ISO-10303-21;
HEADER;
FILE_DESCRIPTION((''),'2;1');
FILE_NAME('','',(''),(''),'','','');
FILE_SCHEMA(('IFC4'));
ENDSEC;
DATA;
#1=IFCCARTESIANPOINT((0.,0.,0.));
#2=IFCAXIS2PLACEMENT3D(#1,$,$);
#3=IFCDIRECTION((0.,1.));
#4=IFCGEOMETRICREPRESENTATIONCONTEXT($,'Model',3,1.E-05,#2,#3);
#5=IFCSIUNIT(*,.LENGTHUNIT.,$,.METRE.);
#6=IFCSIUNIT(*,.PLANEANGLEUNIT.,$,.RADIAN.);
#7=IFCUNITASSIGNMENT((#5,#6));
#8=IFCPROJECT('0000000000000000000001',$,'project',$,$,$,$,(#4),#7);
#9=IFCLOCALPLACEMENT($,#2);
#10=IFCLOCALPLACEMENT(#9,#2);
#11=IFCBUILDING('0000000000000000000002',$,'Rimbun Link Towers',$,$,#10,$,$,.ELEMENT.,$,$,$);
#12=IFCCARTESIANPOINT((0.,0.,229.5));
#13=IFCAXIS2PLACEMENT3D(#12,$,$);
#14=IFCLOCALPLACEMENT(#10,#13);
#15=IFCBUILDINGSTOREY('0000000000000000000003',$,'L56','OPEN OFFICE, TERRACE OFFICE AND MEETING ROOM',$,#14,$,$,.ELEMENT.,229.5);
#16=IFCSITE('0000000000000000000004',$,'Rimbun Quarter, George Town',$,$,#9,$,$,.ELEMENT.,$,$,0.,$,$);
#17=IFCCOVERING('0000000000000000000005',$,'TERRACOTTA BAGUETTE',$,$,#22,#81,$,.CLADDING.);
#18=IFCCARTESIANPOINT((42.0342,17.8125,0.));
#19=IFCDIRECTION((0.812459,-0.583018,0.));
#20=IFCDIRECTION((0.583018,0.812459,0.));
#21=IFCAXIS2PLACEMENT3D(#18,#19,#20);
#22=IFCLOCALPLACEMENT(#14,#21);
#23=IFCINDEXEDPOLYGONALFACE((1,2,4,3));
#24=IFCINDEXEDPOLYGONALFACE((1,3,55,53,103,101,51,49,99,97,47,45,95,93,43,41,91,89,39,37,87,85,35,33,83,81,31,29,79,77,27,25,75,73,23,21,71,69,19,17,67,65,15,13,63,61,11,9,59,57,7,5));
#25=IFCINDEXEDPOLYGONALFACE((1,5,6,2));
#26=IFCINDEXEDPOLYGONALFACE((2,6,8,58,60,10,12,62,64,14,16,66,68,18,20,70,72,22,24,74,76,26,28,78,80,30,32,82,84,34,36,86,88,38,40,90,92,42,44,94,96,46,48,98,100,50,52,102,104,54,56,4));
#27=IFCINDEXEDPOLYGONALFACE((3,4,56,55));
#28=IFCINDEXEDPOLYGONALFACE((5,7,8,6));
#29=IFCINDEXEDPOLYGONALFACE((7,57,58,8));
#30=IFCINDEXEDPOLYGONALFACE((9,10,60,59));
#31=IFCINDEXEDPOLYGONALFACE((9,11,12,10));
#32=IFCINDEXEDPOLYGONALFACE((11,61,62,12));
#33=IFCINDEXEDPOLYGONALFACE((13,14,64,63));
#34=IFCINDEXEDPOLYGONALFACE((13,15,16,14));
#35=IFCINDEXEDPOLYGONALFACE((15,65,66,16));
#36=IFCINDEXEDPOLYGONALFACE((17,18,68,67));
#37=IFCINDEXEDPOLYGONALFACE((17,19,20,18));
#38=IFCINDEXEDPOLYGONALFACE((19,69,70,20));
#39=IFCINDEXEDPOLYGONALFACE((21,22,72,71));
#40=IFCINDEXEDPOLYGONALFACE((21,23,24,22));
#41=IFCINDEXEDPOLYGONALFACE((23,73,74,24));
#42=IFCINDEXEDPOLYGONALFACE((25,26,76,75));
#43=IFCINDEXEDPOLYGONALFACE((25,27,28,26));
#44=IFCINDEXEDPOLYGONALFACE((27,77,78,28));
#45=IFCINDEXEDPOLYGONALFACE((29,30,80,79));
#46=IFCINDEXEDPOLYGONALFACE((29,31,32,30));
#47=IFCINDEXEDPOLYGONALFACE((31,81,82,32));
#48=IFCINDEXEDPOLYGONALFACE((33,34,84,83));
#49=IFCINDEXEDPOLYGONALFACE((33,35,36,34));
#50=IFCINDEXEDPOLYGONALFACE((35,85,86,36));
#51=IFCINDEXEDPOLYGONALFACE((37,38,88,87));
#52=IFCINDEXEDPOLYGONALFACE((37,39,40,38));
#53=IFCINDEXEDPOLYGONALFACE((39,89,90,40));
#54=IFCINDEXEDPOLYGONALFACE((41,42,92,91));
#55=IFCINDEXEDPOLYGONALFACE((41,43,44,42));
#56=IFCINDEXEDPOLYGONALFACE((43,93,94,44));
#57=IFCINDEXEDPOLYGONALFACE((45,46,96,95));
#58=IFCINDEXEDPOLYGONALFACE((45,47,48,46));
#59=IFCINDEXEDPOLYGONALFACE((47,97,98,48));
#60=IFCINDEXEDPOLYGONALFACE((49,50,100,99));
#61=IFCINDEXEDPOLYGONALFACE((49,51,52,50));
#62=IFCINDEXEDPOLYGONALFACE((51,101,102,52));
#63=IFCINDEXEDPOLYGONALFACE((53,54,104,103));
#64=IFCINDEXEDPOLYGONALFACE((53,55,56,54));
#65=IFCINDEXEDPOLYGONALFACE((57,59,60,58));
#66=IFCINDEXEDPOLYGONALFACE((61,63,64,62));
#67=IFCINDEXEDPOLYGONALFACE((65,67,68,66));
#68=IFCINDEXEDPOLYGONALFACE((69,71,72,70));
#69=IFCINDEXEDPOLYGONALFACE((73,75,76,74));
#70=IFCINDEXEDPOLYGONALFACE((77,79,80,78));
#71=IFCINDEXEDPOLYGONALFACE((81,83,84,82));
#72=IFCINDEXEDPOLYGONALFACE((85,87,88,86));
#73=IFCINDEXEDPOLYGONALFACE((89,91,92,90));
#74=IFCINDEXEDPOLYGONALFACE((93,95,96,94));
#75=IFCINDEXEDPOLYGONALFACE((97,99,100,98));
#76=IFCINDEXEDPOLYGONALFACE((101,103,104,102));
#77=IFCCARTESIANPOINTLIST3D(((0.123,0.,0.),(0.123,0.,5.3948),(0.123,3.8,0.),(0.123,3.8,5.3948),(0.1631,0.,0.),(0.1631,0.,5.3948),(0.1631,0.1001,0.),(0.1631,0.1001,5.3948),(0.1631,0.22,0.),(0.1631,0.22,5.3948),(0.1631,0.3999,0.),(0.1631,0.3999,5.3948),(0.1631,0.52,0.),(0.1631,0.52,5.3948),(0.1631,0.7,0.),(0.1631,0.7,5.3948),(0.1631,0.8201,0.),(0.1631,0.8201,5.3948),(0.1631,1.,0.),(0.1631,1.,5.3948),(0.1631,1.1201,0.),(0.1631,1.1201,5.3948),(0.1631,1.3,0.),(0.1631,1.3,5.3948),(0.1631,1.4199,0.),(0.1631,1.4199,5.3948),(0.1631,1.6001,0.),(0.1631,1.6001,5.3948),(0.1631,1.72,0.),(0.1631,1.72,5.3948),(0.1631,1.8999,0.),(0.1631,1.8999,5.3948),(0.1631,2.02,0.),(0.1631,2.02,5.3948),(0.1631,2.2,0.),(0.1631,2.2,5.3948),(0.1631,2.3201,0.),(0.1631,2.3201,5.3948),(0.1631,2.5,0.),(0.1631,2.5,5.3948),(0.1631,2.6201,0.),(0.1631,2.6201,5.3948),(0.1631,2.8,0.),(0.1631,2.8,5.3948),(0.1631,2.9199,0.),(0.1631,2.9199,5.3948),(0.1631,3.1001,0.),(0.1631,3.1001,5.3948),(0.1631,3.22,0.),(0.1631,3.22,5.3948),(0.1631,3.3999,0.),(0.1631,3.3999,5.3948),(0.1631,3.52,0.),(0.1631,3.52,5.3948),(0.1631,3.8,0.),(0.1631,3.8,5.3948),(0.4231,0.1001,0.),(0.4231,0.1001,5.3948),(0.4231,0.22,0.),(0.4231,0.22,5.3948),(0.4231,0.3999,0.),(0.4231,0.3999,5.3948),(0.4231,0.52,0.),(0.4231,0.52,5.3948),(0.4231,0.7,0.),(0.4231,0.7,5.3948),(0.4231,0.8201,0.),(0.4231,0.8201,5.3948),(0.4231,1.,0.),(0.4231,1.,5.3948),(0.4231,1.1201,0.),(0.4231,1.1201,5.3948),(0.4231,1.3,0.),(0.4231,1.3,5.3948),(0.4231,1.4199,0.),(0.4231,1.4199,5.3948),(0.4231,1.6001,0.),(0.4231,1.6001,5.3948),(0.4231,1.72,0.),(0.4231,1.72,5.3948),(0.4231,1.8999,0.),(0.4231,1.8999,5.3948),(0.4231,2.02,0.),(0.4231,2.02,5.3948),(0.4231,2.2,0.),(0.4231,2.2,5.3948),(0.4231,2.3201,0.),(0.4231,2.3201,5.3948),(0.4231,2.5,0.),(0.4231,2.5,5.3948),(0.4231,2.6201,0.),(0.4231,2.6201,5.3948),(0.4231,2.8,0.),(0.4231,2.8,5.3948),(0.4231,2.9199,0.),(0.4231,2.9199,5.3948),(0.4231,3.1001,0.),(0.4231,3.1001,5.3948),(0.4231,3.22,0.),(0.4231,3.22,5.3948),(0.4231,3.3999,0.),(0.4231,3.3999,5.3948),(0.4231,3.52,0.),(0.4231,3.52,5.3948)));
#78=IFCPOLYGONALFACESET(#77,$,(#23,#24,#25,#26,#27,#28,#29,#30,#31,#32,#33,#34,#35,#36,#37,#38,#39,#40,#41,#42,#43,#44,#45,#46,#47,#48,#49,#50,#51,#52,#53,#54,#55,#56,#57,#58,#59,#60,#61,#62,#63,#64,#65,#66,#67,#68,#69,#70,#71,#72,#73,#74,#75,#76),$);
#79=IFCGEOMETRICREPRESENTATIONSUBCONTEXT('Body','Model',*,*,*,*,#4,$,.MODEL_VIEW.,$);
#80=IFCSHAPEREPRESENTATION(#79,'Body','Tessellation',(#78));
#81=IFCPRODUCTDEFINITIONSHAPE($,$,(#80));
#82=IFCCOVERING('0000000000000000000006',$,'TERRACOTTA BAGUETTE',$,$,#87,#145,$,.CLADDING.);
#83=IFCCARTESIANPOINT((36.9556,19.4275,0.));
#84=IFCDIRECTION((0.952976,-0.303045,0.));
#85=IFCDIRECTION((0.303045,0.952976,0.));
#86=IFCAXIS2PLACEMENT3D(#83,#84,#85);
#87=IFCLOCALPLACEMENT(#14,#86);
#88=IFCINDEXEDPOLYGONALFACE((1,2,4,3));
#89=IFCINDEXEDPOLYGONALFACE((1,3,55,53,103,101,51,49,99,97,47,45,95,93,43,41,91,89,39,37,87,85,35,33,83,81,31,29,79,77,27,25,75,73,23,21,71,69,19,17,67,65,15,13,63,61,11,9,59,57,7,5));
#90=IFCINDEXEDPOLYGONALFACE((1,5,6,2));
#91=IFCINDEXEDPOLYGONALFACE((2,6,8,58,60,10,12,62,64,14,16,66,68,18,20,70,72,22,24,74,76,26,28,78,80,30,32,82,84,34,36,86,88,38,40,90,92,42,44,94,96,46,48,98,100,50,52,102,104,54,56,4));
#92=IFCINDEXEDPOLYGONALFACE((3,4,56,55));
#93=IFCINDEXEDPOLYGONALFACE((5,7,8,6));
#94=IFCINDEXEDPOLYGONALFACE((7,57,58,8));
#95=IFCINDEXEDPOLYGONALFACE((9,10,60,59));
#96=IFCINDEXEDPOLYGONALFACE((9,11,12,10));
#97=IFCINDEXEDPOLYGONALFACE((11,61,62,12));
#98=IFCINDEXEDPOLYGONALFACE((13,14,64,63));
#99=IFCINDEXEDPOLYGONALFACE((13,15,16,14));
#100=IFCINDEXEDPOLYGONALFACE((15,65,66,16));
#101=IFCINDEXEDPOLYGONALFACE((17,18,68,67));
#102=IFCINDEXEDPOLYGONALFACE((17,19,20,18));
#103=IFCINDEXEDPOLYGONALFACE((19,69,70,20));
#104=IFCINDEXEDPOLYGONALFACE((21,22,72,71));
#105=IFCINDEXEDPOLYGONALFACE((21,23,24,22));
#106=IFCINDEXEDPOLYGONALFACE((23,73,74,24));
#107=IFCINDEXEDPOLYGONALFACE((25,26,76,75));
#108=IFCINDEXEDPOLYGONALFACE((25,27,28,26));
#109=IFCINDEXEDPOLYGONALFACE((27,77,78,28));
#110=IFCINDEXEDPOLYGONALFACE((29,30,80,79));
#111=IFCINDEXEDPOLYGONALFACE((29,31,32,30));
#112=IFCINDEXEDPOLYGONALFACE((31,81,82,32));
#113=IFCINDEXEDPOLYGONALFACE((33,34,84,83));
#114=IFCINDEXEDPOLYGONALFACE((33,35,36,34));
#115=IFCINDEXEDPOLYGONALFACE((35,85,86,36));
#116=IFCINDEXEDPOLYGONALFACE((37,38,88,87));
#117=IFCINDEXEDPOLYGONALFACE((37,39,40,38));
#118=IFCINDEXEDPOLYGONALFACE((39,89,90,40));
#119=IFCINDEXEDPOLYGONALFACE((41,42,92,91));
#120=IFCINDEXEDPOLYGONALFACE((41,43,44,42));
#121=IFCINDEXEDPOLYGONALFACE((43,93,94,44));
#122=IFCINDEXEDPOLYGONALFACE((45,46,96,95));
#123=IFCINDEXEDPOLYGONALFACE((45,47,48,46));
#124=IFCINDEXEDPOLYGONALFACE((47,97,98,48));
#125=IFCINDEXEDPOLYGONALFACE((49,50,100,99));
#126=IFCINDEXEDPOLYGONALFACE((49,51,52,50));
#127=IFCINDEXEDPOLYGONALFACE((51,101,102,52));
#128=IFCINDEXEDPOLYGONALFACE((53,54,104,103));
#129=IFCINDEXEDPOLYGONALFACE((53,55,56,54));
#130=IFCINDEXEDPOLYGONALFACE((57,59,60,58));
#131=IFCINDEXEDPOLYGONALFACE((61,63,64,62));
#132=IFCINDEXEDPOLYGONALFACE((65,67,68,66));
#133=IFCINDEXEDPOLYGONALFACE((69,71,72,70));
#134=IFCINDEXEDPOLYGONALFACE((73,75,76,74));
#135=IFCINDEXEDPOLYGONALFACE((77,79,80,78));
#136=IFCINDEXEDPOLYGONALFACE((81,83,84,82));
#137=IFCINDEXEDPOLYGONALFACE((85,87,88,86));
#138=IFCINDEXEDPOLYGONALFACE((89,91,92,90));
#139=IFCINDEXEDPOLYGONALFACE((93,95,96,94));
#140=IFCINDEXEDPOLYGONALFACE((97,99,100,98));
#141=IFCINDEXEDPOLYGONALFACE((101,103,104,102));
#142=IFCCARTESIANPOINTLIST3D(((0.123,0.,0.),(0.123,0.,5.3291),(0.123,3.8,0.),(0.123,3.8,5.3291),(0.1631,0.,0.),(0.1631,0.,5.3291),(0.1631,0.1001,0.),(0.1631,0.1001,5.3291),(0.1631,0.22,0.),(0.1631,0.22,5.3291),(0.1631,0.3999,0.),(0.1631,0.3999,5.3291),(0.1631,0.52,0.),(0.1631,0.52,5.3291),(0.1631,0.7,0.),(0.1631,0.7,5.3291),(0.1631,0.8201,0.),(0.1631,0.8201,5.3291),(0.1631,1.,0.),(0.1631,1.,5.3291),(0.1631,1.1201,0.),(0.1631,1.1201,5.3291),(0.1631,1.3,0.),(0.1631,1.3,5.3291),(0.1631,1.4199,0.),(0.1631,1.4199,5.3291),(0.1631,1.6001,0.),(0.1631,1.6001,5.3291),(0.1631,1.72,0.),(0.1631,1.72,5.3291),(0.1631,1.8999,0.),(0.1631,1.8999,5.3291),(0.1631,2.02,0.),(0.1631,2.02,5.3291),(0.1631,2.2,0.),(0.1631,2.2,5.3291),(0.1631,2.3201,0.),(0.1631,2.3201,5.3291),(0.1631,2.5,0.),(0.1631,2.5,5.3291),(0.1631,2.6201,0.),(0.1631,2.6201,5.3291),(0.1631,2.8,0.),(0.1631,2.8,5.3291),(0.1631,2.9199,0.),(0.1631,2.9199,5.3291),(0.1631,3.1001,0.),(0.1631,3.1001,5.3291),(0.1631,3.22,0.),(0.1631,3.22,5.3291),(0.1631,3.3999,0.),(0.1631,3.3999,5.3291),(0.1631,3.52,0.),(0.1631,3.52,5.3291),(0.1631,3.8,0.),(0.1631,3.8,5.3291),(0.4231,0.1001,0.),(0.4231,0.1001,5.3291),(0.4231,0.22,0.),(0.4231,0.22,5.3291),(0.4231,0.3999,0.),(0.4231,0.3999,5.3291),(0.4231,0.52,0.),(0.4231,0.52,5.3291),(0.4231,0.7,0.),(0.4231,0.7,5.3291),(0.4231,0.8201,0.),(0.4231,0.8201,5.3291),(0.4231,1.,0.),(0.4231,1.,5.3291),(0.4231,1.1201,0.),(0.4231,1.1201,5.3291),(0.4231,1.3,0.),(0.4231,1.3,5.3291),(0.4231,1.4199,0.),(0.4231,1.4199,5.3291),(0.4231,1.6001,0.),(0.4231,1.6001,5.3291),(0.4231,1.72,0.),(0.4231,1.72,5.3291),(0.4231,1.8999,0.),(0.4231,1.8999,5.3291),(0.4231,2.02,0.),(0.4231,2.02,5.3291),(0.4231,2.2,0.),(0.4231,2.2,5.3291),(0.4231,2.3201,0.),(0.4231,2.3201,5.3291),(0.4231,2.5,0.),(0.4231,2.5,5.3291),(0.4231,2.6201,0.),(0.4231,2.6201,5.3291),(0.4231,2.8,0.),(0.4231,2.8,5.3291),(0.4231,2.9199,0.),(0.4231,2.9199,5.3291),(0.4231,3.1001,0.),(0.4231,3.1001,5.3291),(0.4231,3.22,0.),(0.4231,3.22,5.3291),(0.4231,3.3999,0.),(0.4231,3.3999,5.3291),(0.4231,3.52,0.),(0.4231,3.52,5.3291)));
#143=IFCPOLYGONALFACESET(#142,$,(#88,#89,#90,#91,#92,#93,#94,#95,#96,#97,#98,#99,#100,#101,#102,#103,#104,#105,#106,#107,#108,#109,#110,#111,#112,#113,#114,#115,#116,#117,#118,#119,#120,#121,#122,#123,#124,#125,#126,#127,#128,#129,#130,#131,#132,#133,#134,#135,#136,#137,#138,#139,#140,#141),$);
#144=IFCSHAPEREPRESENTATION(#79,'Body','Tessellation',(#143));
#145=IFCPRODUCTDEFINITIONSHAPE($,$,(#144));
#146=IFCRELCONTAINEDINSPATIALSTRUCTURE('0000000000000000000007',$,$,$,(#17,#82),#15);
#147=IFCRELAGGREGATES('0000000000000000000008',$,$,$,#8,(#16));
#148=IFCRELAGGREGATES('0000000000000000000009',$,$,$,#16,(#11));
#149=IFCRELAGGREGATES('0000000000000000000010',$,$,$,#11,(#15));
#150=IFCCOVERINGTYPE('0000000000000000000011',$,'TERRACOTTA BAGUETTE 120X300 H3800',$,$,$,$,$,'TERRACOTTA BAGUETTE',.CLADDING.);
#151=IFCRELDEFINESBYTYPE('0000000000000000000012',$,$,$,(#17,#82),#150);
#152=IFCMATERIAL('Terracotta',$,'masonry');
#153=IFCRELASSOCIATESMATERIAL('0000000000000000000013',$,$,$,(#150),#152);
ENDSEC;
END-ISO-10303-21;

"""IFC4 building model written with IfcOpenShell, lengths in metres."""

from ifc_helpers import new_model, si_unit, direction, frame, origin, place, context, subcontext, project, spatial, polyline, outline, extrude, material, material_profile, profile_set, type_object, element, save


model = new_model("IFC4")

# Units and contexts
model_context = context("Model", 3, precision=1e-05, world=origin(), true_north=direction((0.0, 1.0)))
body_context = subcontext(model_context, "Body", "Model", "MODEL_VIEW")
ifc_project = project(units=[si_unit("LENGTHUNIT", "METRE"), si_unit("PLANEANGLEUNIT", "RADIAN")], contexts=[model_context])

# Site, building, storey
site_placement = place(None, origin())
site = spatial("IfcSite", under=ifc_project, at=site_placement, Name="Rimbun Quarter, George Town", CompositionType="ELEMENT", RefElevation=0.0)
building_placement = place(site_placement, origin())
building = spatial("IfcBuilding", under=site, at=building_placement, Name="Rimbun Link Towers", CompositionType="ELEMENT")
storey_placement = place(building_placement, frame((0.0, 0.0, 229.5)))
storey = spatial("IfcBuildingStorey", under=building, at=storey_placement, Name="L56", Description="OPEN OFFICE, TERRACE OFFICE AND MEETING ROOM", CompositionType="ELEMENT", Elevation=229.5)

# Coverings
ifc_material_1 = material(Name="Terracotta", Category="masonry")
ifc_material_profile_1 = material_profile(ifc_material_1, outline(polyline([(0.123, 0.0), (0.1631, 0.0), (0.1631, 0.1001), (0.4231, 0.1001), (0.4231, 0.22), (0.1631, 0.22), (0.1631, 0.3999), (0.4231, 0.3999), (0.4231, 0.52), (0.1631, 0.52), (0.1631, 0.7), (0.4231, 0.7), (0.4231, 0.8201), (0.1631, 0.8201), (0.1631, 1.0), (0.4231, 1.0), (0.4231, 1.1201), (0.1631, 1.1201), (0.1631, 1.3), (0.4231, 1.3), (0.4231, 1.4199), (0.1631, 1.4199), (0.1631, 1.6001), (0.4231, 1.6001), (0.4231, 1.72), (0.1631, 1.72), (0.1631, 1.8999), (0.4231, 1.8999), (0.4231, 2.02), (0.1631, 2.02), (0.1631, 2.2), (0.4231, 2.2), (0.4231, 2.3201), (0.1631, 2.3201), (0.1631, 2.5), (0.4231, 2.5), (0.4231, 2.6201), (0.1631, 2.6201), (0.1631, 2.8), (0.4231, 2.8), (0.4231, 2.9199), (0.1631, 2.9199), (0.1631, 3.1001), (0.4231, 3.1001), (0.4231, 3.22), (0.1631, 3.22), (0.1631, 3.3999), (0.4231, 3.3999), (0.4231, 3.52), (0.1631, 3.52), (0.1631, 3.8), (0.123, 3.8), (0.123, 0.0)])), Name="BAGUETTE 120X300")
ifc_profile_set_1 = profile_set([ifc_material_profile_1], Name="Terracotta")
covering_type = type_object("IfcCoveringType", Name="TERRACOTTA BAGUETTE 120X300 H3800", ElementType="TERRACOTTA BAGUETTE", PredefinedType="CLADDING", material=ifc_profile_set_1)
covering_1_placement = place(storey_placement, frame((42.0342, 17.8125, 0.0), z_axis=(0.812459, -0.583018, 0.0), x_axis=(0.583018, 0.812459, 0.0)))
element("IfcCovering", 1, at=covering_1_placement, inside=storey, type_object=covering_type, Name="TERRACOTTA BAGUETTE", PredefinedType="CLADDING", context=body_context, shape_type="SweptSolid", body=[
    extrude(outline(polyline([(0.123, 0.0), (0.1631, 0.0), (0.1631, 0.1001), (0.4231, 0.1001), (0.4231, 0.22), (0.1631, 0.22), (0.1631, 0.3999), (0.4231, 0.3999), (0.4231, 0.52), (0.1631, 0.52), (0.1631, 0.7), (0.4231, 0.7), (0.4231, 0.8201), (0.1631, 0.8201), (0.1631, 1.0), (0.4231, 1.0), (0.4231, 1.1201), (0.1631, 1.1201), (0.1631, 1.3), (0.4231, 1.3), (0.4231, 1.4199), (0.1631, 1.4199), (0.1631, 1.6001), (0.4231, 1.6001), (0.4231, 1.72), (0.1631, 1.72), (0.1631, 1.8999), (0.4231, 1.8999), (0.4231, 2.02), (0.1631, 2.02), (0.1631, 2.2), (0.4231, 2.2), (0.4231, 2.3201), (0.1631, 2.3201), (0.1631, 2.5), (0.4231, 2.5), (0.4231, 2.6201), (0.1631, 2.6201), (0.1631, 2.8), (0.4231, 2.8), (0.4231, 2.9199), (0.1631, 2.9199), (0.1631, 3.1001), (0.4231, 3.1001), (0.4231, 3.22), (0.1631, 3.22), (0.1631, 3.3999), (0.4231, 3.3999), (0.4231, 3.52), (0.1631, 3.52), (0.1631, 3.8), (0.123, 3.8), (0.123, 0.0)])), origin(), (0.0, 0.0, 1.0), 5.3948),
])
covering_2_placement = place(storey_placement, frame((36.9556, 19.4275, 0.0), z_axis=(0.952976, -0.303045, 0.0), x_axis=(0.303045, 0.952976, 0.0)))
element("IfcCovering", 2, at=covering_2_placement, inside=storey, type_object=covering_type, Name="TERRACOTTA BAGUETTE", PredefinedType="CLADDING", context=body_context, shape_type="SweptSolid", body=[
    extrude(outline(polyline([(0.123, 0.0), (0.1631, 0.0), (0.1631, 0.1001), (0.4231, 0.1001), (0.4231, 0.22), (0.1631, 0.22), (0.1631, 0.3999), (0.4231, 0.3999), (0.4231, 0.52), (0.1631, 0.52), (0.1631, 0.7), (0.4231, 0.7), (0.4231, 0.8201), (0.1631, 0.8201), (0.1631, 1.0), (0.4231, 1.0), (0.4231, 1.1201), (0.1631, 1.1201), (0.1631, 1.3), (0.4231, 1.3), (0.4231, 1.4199), (0.1631, 1.4199), (0.1631, 1.6001), (0.4231, 1.6001), (0.4231, 1.72), (0.1631, 1.72), (0.1631, 1.8999), (0.4231, 1.8999), (0.4231, 2.02), (0.1631, 2.02), (0.1631, 2.2), (0.4231, 2.2), (0.4231, 2.3201), (0.1631, 2.3201), (0.1631, 2.5), (0.4231, 2.5), (0.4231, 2.6201), (0.1631, 2.6201), (0.1631, 2.8), (0.4231, 2.8), (0.4231, 2.9199), (0.1631, 2.9199), (0.1631, 3.1001), (0.4231, 3.1001), (0.4231, 3.22), (0.1631, 3.22), (0.1631, 3.3999), (0.4231, 3.3999), (0.4231, 3.52), (0.1631, 3.52), (0.1631, 3.8), (0.123, 3.8), (0.123, 0.0)])), origin(), (0.0, 0.0, 1.0), 5.3291),
])

save(model, "model.ifc")
